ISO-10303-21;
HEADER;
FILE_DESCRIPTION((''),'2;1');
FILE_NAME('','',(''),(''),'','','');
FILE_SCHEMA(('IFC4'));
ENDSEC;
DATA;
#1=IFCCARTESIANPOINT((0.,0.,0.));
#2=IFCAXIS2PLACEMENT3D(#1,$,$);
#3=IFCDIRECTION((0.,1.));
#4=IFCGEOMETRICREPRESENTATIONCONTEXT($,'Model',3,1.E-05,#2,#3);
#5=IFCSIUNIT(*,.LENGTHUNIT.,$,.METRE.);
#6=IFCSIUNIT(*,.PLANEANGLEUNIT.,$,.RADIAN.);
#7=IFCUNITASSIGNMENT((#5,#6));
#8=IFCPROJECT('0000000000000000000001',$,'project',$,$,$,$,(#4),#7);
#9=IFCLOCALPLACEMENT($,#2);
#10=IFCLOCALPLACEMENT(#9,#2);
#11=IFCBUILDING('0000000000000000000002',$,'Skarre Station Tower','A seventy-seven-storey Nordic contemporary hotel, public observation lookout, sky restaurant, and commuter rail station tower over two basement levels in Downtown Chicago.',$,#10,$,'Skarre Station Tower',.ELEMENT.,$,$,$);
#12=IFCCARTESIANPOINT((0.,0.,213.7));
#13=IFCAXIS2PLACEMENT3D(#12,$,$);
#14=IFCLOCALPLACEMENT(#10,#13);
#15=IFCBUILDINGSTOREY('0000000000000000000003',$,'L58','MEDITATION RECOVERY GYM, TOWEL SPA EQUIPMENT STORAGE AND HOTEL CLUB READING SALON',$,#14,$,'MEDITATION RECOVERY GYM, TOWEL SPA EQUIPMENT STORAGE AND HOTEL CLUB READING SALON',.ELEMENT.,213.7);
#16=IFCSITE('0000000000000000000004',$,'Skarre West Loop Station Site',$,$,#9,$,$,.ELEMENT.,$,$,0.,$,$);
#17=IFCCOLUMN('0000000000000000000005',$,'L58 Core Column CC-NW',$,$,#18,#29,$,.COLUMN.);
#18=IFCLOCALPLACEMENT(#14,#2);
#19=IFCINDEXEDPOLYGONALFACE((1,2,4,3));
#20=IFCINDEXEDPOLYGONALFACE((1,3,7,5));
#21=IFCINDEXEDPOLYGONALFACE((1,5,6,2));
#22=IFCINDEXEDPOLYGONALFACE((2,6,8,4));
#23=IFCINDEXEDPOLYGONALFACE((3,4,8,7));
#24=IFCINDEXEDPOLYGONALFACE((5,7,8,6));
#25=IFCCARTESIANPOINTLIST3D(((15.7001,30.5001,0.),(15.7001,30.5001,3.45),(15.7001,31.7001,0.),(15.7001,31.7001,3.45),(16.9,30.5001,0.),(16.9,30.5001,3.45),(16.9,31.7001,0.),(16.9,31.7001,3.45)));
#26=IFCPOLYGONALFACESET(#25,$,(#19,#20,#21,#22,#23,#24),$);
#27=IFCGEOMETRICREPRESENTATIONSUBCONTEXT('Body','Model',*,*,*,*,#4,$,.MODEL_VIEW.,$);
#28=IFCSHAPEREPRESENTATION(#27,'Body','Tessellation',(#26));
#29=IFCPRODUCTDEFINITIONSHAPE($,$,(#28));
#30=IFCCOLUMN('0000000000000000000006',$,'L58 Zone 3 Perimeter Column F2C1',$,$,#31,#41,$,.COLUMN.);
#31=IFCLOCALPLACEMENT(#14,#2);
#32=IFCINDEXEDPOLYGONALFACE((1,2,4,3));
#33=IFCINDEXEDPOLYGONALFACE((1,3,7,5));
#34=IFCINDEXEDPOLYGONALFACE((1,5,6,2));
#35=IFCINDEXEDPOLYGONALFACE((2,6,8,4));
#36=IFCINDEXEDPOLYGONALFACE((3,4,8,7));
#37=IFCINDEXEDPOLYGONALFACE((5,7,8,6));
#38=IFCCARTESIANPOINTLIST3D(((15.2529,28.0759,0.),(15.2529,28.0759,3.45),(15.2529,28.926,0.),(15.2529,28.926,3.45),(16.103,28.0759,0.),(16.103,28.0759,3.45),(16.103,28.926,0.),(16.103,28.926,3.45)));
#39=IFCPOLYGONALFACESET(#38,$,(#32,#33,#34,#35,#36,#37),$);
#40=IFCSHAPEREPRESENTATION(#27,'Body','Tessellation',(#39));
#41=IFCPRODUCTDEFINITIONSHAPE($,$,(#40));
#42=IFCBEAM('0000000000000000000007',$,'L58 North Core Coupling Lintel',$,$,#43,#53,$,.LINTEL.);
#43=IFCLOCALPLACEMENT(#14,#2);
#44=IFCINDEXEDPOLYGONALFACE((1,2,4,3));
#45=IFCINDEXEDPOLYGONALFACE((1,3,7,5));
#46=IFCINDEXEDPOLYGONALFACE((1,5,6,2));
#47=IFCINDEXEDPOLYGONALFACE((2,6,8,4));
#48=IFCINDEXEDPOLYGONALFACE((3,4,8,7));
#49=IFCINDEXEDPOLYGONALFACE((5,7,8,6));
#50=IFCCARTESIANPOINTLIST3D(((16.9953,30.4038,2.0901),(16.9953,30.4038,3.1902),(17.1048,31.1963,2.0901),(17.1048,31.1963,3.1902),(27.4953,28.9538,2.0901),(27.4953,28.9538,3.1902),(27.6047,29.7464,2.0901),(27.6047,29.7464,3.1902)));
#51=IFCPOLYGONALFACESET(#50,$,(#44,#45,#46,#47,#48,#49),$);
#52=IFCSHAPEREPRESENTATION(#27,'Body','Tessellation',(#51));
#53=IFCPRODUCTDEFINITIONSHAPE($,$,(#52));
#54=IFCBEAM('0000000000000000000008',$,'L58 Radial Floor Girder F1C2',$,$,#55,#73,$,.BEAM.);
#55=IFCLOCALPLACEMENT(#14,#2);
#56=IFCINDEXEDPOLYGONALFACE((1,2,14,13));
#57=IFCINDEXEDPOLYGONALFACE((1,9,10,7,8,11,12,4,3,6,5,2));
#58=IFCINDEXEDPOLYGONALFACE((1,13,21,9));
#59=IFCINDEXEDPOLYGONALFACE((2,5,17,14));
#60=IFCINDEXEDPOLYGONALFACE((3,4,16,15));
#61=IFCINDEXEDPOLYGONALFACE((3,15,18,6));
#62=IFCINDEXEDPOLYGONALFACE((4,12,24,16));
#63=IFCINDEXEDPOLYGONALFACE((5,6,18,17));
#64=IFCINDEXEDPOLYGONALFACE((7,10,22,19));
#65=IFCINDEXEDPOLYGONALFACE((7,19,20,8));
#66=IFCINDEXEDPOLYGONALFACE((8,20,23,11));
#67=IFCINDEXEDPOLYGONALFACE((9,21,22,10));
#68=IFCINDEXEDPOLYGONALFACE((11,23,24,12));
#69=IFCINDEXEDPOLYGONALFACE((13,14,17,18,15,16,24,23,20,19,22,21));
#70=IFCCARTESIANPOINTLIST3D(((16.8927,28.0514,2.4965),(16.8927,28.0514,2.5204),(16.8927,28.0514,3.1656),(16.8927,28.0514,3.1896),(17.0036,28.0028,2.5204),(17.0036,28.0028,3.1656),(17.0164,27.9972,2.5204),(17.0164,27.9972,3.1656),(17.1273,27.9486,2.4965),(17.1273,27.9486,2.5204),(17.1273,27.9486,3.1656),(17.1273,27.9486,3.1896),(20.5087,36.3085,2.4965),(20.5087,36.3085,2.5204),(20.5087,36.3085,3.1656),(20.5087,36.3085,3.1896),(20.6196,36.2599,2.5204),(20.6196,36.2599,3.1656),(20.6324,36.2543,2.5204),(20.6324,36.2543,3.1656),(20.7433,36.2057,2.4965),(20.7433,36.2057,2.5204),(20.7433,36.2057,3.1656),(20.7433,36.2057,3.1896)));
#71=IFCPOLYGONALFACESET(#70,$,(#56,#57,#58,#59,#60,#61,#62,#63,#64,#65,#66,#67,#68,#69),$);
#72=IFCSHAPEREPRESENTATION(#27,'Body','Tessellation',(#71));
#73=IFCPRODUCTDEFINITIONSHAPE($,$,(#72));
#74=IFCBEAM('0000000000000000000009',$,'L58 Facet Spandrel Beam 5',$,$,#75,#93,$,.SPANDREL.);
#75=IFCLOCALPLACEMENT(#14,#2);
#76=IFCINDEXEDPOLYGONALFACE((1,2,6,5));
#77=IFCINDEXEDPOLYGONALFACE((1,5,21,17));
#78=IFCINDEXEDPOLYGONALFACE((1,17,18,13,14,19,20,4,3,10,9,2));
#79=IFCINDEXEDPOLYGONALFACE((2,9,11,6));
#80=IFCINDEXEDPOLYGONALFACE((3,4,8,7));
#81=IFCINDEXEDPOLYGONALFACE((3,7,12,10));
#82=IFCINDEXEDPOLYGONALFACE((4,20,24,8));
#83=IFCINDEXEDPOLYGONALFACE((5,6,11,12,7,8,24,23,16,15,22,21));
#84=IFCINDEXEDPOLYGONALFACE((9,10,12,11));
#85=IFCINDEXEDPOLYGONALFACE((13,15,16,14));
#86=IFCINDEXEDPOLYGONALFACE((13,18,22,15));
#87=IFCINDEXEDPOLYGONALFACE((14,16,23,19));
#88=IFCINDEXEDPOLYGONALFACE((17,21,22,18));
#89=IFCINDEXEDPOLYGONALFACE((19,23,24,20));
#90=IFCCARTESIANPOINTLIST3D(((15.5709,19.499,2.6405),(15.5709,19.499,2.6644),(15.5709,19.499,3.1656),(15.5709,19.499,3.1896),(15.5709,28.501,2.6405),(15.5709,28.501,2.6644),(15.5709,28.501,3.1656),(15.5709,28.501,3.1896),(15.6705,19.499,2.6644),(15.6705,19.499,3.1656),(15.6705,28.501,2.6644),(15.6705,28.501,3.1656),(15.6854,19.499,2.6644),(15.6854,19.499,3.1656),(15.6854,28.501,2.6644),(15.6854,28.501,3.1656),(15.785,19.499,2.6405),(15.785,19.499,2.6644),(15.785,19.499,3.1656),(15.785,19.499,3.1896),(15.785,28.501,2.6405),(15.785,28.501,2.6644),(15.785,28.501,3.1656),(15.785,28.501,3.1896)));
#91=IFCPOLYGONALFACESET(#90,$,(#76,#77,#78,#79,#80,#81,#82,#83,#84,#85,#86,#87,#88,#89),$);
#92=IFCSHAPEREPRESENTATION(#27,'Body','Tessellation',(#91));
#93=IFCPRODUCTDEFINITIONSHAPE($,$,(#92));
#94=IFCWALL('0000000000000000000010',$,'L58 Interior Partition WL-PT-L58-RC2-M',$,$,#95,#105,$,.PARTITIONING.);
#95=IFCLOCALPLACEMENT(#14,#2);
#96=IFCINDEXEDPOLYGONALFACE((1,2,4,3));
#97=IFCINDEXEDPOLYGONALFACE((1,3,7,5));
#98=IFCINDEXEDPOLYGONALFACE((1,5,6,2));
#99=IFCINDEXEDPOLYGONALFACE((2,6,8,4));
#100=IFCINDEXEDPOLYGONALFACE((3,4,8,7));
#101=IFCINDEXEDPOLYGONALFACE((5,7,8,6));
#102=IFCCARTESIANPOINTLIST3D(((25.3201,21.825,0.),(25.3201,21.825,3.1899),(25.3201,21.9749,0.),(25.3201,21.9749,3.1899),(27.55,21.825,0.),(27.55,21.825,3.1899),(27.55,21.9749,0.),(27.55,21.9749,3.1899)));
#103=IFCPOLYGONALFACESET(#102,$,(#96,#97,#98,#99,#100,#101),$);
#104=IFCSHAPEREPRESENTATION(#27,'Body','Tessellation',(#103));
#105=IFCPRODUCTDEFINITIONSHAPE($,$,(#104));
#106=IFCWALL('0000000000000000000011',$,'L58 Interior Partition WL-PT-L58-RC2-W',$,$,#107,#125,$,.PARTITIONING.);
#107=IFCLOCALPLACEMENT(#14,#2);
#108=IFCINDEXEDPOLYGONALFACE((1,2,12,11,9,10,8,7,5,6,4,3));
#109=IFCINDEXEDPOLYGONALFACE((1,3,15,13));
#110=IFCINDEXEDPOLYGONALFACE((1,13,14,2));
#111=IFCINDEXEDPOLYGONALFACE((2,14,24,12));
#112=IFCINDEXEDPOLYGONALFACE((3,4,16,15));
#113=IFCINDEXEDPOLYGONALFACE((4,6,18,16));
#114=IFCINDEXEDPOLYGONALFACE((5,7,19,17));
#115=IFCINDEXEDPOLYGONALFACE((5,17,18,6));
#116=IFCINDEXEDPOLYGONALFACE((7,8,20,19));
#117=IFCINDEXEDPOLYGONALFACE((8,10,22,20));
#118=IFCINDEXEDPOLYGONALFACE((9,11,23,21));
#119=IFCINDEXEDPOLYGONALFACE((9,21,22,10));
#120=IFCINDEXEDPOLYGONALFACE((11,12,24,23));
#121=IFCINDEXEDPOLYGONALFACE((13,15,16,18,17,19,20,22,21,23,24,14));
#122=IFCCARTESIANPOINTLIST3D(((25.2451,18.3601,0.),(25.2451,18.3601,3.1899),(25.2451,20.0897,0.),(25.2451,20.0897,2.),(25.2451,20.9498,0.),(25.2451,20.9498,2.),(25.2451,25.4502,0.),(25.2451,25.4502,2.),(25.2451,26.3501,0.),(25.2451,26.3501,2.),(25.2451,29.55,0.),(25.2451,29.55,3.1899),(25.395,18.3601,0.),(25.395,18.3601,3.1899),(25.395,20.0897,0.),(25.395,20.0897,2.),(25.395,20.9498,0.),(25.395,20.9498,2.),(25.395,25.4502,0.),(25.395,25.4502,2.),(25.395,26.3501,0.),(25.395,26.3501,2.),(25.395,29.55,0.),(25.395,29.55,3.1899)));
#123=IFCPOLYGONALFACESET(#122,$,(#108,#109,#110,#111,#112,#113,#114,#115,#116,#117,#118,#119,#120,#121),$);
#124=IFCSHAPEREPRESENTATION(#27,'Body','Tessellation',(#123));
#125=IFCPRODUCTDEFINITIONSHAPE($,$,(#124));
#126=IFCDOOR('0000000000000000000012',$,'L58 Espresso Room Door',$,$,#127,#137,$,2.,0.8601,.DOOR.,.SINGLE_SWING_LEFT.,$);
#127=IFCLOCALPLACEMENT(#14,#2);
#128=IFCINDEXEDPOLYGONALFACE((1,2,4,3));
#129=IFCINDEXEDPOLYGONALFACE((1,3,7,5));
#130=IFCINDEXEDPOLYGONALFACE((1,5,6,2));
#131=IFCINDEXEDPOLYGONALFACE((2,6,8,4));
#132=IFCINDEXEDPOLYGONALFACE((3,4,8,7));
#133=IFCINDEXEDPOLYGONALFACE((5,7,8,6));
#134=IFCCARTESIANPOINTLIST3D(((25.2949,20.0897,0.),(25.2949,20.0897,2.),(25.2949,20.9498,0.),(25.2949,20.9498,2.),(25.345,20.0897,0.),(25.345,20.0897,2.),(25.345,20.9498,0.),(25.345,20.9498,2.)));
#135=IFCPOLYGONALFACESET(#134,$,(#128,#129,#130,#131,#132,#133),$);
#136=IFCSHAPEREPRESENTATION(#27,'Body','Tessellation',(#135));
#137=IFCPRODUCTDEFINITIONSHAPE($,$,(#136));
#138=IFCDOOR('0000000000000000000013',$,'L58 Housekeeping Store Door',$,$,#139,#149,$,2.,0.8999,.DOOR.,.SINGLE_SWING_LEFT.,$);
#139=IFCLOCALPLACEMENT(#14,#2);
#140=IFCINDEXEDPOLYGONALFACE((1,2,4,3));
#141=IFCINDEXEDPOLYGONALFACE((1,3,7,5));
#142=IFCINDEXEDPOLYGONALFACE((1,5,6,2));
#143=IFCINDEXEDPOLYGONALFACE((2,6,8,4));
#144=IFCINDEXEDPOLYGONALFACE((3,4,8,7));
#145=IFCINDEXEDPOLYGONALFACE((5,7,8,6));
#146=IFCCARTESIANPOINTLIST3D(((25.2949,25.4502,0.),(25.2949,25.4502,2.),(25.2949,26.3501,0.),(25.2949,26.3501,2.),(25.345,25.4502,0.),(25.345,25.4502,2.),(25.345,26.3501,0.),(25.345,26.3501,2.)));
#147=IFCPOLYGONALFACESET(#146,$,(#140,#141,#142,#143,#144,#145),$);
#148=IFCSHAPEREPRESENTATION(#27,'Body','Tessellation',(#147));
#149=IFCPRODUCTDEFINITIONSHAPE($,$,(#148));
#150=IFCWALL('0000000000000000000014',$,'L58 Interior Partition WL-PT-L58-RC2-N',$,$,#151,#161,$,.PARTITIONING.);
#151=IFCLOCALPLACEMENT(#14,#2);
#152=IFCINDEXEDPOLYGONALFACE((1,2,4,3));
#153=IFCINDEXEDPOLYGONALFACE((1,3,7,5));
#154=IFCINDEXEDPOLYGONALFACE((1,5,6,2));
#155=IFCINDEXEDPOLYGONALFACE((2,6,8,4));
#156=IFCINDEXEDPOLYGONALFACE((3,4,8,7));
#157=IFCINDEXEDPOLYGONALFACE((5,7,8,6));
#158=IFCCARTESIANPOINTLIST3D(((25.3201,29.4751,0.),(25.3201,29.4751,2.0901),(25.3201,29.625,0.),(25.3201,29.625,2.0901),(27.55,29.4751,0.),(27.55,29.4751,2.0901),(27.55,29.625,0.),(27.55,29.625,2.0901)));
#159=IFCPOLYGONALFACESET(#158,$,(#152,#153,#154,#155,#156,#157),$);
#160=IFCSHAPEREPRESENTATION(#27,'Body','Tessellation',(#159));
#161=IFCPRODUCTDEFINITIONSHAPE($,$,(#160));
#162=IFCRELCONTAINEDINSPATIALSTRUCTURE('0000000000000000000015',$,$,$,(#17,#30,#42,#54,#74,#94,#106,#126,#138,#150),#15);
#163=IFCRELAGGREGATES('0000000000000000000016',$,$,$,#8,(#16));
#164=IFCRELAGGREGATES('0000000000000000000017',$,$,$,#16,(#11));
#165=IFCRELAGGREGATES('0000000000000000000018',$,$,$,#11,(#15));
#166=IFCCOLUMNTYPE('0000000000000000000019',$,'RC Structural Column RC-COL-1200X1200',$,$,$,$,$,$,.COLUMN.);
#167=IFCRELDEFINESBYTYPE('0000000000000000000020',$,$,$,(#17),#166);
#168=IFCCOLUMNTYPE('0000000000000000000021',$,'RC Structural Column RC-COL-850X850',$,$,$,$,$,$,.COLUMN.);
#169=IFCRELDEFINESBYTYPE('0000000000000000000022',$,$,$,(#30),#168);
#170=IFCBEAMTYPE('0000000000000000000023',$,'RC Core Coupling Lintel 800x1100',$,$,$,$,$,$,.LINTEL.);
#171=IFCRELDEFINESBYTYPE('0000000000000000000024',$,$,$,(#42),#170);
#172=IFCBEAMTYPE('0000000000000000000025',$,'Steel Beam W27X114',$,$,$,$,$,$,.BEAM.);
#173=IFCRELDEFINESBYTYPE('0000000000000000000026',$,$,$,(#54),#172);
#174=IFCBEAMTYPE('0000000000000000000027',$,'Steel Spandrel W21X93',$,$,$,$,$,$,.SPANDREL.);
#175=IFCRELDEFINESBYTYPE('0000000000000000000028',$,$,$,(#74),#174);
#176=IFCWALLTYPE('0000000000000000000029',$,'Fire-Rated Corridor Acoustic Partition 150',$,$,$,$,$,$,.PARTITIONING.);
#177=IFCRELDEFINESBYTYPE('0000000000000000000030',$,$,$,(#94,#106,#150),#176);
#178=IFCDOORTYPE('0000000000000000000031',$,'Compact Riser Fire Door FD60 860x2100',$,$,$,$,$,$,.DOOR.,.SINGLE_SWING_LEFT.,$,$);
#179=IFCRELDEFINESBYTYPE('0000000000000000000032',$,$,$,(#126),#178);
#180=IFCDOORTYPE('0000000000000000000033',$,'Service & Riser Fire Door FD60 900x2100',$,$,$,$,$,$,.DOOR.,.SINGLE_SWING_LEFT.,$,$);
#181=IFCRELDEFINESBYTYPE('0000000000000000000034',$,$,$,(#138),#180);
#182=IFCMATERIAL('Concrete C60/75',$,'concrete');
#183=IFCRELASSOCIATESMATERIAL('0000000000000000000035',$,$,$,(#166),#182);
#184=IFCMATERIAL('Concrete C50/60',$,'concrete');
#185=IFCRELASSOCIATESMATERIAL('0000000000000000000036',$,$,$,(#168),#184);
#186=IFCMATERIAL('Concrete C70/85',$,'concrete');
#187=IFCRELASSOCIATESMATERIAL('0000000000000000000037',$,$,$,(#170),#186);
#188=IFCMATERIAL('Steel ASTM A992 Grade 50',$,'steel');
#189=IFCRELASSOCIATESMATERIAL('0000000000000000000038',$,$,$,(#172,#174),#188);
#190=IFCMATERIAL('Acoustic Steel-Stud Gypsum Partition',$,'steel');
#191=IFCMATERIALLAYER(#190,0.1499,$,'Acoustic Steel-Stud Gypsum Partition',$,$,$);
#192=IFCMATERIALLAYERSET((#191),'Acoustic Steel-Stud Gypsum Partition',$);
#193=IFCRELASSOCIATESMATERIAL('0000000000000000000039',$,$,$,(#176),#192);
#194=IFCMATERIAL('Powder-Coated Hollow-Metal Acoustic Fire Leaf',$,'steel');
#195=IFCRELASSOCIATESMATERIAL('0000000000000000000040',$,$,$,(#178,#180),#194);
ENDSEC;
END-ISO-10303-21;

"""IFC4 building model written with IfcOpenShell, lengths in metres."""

from ifc_helpers import new_model, si_unit, direction, frame, frame_2d, origin, origin_2d, place, context, subcontext, project, spatial, rectangle, i_section, extrude, material, layer, layer_set, material_profile, profile_set, type_object, element, fill, save


model = new_model("IFC4")

# Units and contexts
model_context = context("Model", 3, precision=1e-05, world=origin(), true_north=direction((0.0, 1.0)))
body_context = subcontext(model_context, "Body", "Model", "MODEL_VIEW")
ifc_project = project(units=[si_unit("LENGTHUNIT", "METRE"), si_unit("PLANEANGLEUNIT", "RADIAN")], contexts=[model_context])

# Site, building, storey
site_placement = place(None, origin())
site = spatial("IfcSite", under=ifc_project, at=site_placement, Name="Skarre West Loop Station Site", CompositionType="ELEMENT", RefElevation=0.0)
building_placement = place(site_placement, origin())
building = spatial("IfcBuilding", under=site, at=building_placement, Name="Skarre Station Tower", Description="A seventy-seven-storey Nordic contemporary hotel, public observation lookout, sky restaurant, and commuter rail station tower over two basement levels in Downtown Chicago.", LongName="Skarre Station Tower", CompositionType="ELEMENT")
storey_placement = place(building_placement, frame((0.0, 0.0, 213.7)))
storey = spatial("IfcBuildingStorey", under=building, at=storey_placement, Name="L58", Description="MEDITATION RECOVERY GYM, TOWEL SPA EQUIPMENT STORAGE AND HOTEL CLUB READING SALON", LongName="MEDITATION RECOVERY GYM, TOWEL SPA EQUIPMENT STORAGE AND HOTEL CLUB READING SALON", CompositionType="ELEMENT", Elevation=213.7)

# Columns
ifc_material_1 = material(Name="Concrete C60/75", Category="concrete")
ifc_material_profile_1 = material_profile(ifc_material_1, rectangle(XDim=1.2, YDim=1.2, at=origin_2d()), Name="Concrete C60/75")
ifc_profile_set_1 = profile_set([ifc_material_profile_1], Name="Concrete C60/75")
column_type_1 = type_object("IfcColumnType", Name="RC Structural Column RC-COL-1200X1200", PredefinedType="COLUMN", material=ifc_profile_set_1)
column_1_placement = place(storey_placement, frame((16.3, 31.1001, 0.0), z_axis=(0.0, 0.0, 1.0), x_axis=(1.0, 0.0, 0.0)))
element("IfcColumn", 1, at=column_1_placement, inside=storey, type_object=column_type_1, Name="L58 Core Column CC-NW", PredefinedType="COLUMN", context=body_context, shape_type="SweptSolid", body=[
    extrude(rectangle(XDim=1.2, YDim=1.2, at=origin_2d()), origin(), (0.0, 0.0, 1.0), 3.45),
])
ifc_material_2 = material(Name="Concrete C50/60", Category="concrete")
ifc_material_profile_2 = material_profile(ifc_material_2, rectangle(XDim=0.8501, YDim=0.8501, at=origin_2d()), Name="Concrete C50/60")
ifc_profile_set_2 = profile_set([ifc_material_profile_2], Name="Concrete C50/60")
column_type_2 = type_object("IfcColumnType", Name="RC Structural Column RC-COL-850X850", PredefinedType="COLUMN", material=ifc_profile_set_2)
column_2_placement = place(storey_placement, frame((15.678, 28.501, 0.0), z_axis=(0.0, 0.0, 1.0), x_axis=(1.0, 0.0, 0.0)))
element("IfcColumn", 2, at=column_2_placement, inside=storey, type_object=column_type_2, Name="L58 Zone 3 Perimeter Column F2C1", PredefinedType="COLUMN", context=body_context, shape_type="SweptSolid", body=[
    extrude(rectangle(XDim=0.8501, YDim=0.8501, at=origin_2d()), origin(), (0.0, 0.0, 1.0), 3.45),
])

# Beams
ifc_material_3 = material(Name="Concrete C70/85", Category="concrete")
ifc_material_profile_3 = material_profile(ifc_material_3, rectangle(XDim=0.8, YDim=1.1001, at=origin_2d()), Name="Concrete C70/85")
ifc_profile_set_3 = profile_set([ifc_material_profile_3], Name="Concrete C70/85")
beam_type_1 = type_object("IfcBeamType", Name="RC Core Coupling Lintel 800x1100", PredefinedType="LINTEL", material=ifc_profile_set_3)
beam_1_placement = place(storey_placement, frame((17.05, 30.8, 2.6401), z_axis=(0.9906, -0.136792, 0.0), x_axis=(0.136792, 0.9906, 0.0)))
element("IfcBeam", 3, at=beam_1_placement, inside=storey, type_object=beam_type_1, Name="L58 North Core Coupling Lintel", PredefinedType="LINTEL", context=body_context, shape_type="SweptSolid", body=[
    extrude(rectangle(XDim=0.8, YDim=1.1001, at=origin_2d()), origin(), (0.0, 0.0, 1.0), 10.5996),
])
ifc_material_4 = material(Name="Steel ASTM A992 Grade 50", Category="steel")
ifc_material_profile_4 = material_profile(ifc_material_4, i_section(OverallWidth=0.2561, OverallDepth=0.6931, WebThickness=0.0139, FlangeThickness=0.0239, at=origin_2d()), Name="Steel ASTM A992 Grade 50")
ifc_profile_set_4 = profile_set([ifc_material_profile_4], Name="Steel ASTM A992 Grade 50")
beam_type_2 = type_object("IfcBeamType", Name="Steel Beam W27X114", PredefinedType="BEAM", material=ifc_profile_set_4)
beam_2_placement = place(storey_placement, frame((17.01, 28.0, 2.843), z_axis=(0.401144, 0.916015, 0.0), x_axis=(-0.916015, 0.401144, 0.0)))
element("IfcBeam", 4, at=beam_2_placement, inside=storey, type_object=beam_type_2, Name="L58 Radial Floor Girder F1C2", PredefinedType="BEAM", context=body_context, shape_type="SweptSolid", body=[
    extrude(i_section(OverallWidth=0.2561, OverallDepth=0.6931, WebThickness=0.0139, FlangeThickness=0.0239, at=origin_2d()), origin(), (0.0, 0.0, 1.0), 9.0142),
])
ifc_material_profile_5 = material_profile(ifc_material_4, i_section(OverallWidth=0.2141, OverallDepth=0.5491, WebThickness=0.0149, FlangeThickness=0.0239, at=origin_2d()), Name="Steel ASTM A992 Grade 50")
ifc_profile_set_5 = profile_set([ifc_material_profile_5], Name="Steel ASTM A992 Grade 50")
beam_type_3 = type_object("IfcBeamType", Name="Steel Spandrel W21X93", PredefinedType="SPANDREL", material=ifc_profile_set_5)
beam_3_placement = place(storey_placement, frame((15.678, 28.501, 2.915), z_axis=(0.0, -1.0, 0.0), x_axis=(1.0, 0.0, 0.0)))
element("IfcBeam", 5, at=beam_3_placement, inside=storey, type_object=beam_type_3, Name="L58 Facet Spandrel Beam 5", PredefinedType="SPANDREL", context=body_context, shape_type="SweptSolid", body=[
    extrude(i_section(OverallWidth=0.2141, OverallDepth=0.5491, WebThickness=0.0149, FlangeThickness=0.0239, at=origin_2d()), origin(), (0.0, 0.0, 1.0), 9.002),
])

# Wall
ifc_material_5 = material(Name="Acoustic Steel-Stud Gypsum Partition", Category="steel")
ifc_layer_1 = layer(ifc_material_5, 0.1499, Name="Acoustic Steel-Stud Gypsum Partition")
ifc_layer_set_1 = layer_set([ifc_layer_1], Name="Acoustic Steel-Stud Gypsum Partition")
wall_type_1 = type_object("IfcWallType", Name="Fire-Rated Corridor Acoustic Partition 150", PredefinedType="PARTITIONING", material=ifc_layer_set_1)
wall_1_placement = place(storey_placement, frame((25.3201, 21.8999, 0.0), z_axis=(0.0, 0.0, 1.0), x_axis=(1.0, 0.0, 0.0)))
element("IfcWall", 6, at=wall_1_placement, inside=storey, type_object=wall_type_1, Name="L58 Interior Partition WL-PT-L58-RC2-M", PredefinedType="PARTITIONING", context=body_context, shape_type="SweptSolid", body=[
    extrude(rectangle(XDim=2.23, YDim=0.1499, at=frame_2d((1.115, 0.0))), origin(), (0.0, 0.0, 1.0), 3.1899),
])

# Wall, openings, doors
wall_2_placement = place(storey_placement, frame((25.3201, 29.55, 0.0), z_axis=(0.0, 0.0, 1.0), x_axis=(0.0, -1.0, 0.0)))
wall_2 = element("IfcWall", 7, at=wall_2_placement, inside=storey, type_object=wall_type_1, Name="L58 Interior Partition WL-PT-L58-RC2-W", PredefinedType="PARTITIONING", context=body_context, shape_type="SweptSolid", body=[
    extrude(rectangle(XDim=11.1899, YDim=0.1499, at=frame_2d((5.595, 0.0))), origin(), (0.0, 0.0, 1.0), 3.1899),
])
opening_1_placement = place(wall_2_placement, frame((3.2, 0.0, 0.0)))
opening_1 = element("IfcOpeningElement", 8, at=opening_1_placement, cuts=wall_2, PredefinedType="OPENING", context=body_context, shape_type="SweptSolid", body=[
    extrude(rectangle(XDim=0.8999, YDim=2.0, at=frame_2d((0.45, 1.0))), frame((0.0, 0.085, 0.0), z_axis=(0.0, -1.0, 0.0), x_axis=(1.0, 0.0, 0.0)), (0.0, 0.0, 1.0), 0.1699),
])
opening_2_placement = place(wall_2_placement, frame((8.6001, 0.0, 0.0)))
opening_2 = element("IfcOpeningElement", 9, at=opening_2_placement, cuts=wall_2, PredefinedType="OPENING", context=body_context, shape_type="SweptSolid", body=[
    extrude(rectangle(XDim=0.8601, YDim=2.0, at=frame_2d((0.4302, 1.0))), frame((0.0, 0.085, 0.0), z_axis=(0.0, -1.0, 0.0), x_axis=(1.0, 0.0, 0.0)), (0.0, 0.0, 1.0), 0.1699),
])
ifc_material_6 = material(Name="Powder-Coated Hollow-Metal Acoustic Fire Leaf", Category="steel")
door_type_1 = type_object("IfcDoorType", Name="Compact Riser Fire Door FD60 860x2100", OperationType="SINGLE_SWING_LEFT", PredefinedType="DOOR", material=ifc_material_6)
door_1_placement = place(opening_2_placement, origin())
door_1 = element("IfcDoor", 10, at=door_1_placement, inside=storey, type_object=door_type_1, Name="L58 Espresso Room Door", OperationType="SINGLE_SWING_LEFT", OverallHeight=2.0, OverallWidth=0.8601, PredefinedType="DOOR", context=body_context, shape_type="SweptSolid", body=[
    extrude(rectangle(XDim=0.8601, YDim=2.0, at=frame_2d((0.4302, 1.0))), frame((0.0, 0.0249, 0.0), z_axis=(0.0, -1.0, 0.0), x_axis=(1.0, 0.0, 0.0)), (0.0, 0.0, 1.0), 0.05),
])
fill(opening_2, door_1)
door_type_2 = type_object("IfcDoorType", Name="Service & Riser Fire Door FD60 900x2100", OperationType="SINGLE_SWING_LEFT", PredefinedType="DOOR", material=ifc_material_6)
door_2_placement = place(opening_1_placement, origin())
door_2 = element("IfcDoor", 11, at=door_2_placement, inside=storey, type_object=door_type_2, Name="L58 Housekeeping Store Door", OperationType="SINGLE_SWING_LEFT", OverallHeight=2.0, OverallWidth=0.8999, PredefinedType="DOOR", context=body_context, shape_type="SweptSolid", body=[
    extrude(rectangle(XDim=0.8999, YDim=2.0, at=frame_2d((0.45, 1.0))), frame((0.0, 0.0249, 0.0), z_axis=(0.0, -1.0, 0.0), x_axis=(1.0, 0.0, 0.0)), (0.0, 0.0, 1.0), 0.05),
])
fill(opening_1, door_2)

# Wall
wall_3_placement = place(storey_placement, frame((27.55, 29.55, 0.0), z_axis=(0.0, 0.0, 1.0), x_axis=(-1.0, 0.0, 0.0)))
element("IfcWall", 12, at=wall_3_placement, inside=storey, type_object=wall_type_1, Name="L58 Interior Partition WL-PT-L58-RC2-N", PredefinedType="PARTITIONING", context=body_context, shape_type="SweptSolid", body=[
    extrude(rectangle(XDim=2.23, YDim=0.1499, at=frame_2d((1.115, 0.0))), origin(), (0.0, 0.0, 1.0), 2.0901),
])

save(model, "model.ifc")
